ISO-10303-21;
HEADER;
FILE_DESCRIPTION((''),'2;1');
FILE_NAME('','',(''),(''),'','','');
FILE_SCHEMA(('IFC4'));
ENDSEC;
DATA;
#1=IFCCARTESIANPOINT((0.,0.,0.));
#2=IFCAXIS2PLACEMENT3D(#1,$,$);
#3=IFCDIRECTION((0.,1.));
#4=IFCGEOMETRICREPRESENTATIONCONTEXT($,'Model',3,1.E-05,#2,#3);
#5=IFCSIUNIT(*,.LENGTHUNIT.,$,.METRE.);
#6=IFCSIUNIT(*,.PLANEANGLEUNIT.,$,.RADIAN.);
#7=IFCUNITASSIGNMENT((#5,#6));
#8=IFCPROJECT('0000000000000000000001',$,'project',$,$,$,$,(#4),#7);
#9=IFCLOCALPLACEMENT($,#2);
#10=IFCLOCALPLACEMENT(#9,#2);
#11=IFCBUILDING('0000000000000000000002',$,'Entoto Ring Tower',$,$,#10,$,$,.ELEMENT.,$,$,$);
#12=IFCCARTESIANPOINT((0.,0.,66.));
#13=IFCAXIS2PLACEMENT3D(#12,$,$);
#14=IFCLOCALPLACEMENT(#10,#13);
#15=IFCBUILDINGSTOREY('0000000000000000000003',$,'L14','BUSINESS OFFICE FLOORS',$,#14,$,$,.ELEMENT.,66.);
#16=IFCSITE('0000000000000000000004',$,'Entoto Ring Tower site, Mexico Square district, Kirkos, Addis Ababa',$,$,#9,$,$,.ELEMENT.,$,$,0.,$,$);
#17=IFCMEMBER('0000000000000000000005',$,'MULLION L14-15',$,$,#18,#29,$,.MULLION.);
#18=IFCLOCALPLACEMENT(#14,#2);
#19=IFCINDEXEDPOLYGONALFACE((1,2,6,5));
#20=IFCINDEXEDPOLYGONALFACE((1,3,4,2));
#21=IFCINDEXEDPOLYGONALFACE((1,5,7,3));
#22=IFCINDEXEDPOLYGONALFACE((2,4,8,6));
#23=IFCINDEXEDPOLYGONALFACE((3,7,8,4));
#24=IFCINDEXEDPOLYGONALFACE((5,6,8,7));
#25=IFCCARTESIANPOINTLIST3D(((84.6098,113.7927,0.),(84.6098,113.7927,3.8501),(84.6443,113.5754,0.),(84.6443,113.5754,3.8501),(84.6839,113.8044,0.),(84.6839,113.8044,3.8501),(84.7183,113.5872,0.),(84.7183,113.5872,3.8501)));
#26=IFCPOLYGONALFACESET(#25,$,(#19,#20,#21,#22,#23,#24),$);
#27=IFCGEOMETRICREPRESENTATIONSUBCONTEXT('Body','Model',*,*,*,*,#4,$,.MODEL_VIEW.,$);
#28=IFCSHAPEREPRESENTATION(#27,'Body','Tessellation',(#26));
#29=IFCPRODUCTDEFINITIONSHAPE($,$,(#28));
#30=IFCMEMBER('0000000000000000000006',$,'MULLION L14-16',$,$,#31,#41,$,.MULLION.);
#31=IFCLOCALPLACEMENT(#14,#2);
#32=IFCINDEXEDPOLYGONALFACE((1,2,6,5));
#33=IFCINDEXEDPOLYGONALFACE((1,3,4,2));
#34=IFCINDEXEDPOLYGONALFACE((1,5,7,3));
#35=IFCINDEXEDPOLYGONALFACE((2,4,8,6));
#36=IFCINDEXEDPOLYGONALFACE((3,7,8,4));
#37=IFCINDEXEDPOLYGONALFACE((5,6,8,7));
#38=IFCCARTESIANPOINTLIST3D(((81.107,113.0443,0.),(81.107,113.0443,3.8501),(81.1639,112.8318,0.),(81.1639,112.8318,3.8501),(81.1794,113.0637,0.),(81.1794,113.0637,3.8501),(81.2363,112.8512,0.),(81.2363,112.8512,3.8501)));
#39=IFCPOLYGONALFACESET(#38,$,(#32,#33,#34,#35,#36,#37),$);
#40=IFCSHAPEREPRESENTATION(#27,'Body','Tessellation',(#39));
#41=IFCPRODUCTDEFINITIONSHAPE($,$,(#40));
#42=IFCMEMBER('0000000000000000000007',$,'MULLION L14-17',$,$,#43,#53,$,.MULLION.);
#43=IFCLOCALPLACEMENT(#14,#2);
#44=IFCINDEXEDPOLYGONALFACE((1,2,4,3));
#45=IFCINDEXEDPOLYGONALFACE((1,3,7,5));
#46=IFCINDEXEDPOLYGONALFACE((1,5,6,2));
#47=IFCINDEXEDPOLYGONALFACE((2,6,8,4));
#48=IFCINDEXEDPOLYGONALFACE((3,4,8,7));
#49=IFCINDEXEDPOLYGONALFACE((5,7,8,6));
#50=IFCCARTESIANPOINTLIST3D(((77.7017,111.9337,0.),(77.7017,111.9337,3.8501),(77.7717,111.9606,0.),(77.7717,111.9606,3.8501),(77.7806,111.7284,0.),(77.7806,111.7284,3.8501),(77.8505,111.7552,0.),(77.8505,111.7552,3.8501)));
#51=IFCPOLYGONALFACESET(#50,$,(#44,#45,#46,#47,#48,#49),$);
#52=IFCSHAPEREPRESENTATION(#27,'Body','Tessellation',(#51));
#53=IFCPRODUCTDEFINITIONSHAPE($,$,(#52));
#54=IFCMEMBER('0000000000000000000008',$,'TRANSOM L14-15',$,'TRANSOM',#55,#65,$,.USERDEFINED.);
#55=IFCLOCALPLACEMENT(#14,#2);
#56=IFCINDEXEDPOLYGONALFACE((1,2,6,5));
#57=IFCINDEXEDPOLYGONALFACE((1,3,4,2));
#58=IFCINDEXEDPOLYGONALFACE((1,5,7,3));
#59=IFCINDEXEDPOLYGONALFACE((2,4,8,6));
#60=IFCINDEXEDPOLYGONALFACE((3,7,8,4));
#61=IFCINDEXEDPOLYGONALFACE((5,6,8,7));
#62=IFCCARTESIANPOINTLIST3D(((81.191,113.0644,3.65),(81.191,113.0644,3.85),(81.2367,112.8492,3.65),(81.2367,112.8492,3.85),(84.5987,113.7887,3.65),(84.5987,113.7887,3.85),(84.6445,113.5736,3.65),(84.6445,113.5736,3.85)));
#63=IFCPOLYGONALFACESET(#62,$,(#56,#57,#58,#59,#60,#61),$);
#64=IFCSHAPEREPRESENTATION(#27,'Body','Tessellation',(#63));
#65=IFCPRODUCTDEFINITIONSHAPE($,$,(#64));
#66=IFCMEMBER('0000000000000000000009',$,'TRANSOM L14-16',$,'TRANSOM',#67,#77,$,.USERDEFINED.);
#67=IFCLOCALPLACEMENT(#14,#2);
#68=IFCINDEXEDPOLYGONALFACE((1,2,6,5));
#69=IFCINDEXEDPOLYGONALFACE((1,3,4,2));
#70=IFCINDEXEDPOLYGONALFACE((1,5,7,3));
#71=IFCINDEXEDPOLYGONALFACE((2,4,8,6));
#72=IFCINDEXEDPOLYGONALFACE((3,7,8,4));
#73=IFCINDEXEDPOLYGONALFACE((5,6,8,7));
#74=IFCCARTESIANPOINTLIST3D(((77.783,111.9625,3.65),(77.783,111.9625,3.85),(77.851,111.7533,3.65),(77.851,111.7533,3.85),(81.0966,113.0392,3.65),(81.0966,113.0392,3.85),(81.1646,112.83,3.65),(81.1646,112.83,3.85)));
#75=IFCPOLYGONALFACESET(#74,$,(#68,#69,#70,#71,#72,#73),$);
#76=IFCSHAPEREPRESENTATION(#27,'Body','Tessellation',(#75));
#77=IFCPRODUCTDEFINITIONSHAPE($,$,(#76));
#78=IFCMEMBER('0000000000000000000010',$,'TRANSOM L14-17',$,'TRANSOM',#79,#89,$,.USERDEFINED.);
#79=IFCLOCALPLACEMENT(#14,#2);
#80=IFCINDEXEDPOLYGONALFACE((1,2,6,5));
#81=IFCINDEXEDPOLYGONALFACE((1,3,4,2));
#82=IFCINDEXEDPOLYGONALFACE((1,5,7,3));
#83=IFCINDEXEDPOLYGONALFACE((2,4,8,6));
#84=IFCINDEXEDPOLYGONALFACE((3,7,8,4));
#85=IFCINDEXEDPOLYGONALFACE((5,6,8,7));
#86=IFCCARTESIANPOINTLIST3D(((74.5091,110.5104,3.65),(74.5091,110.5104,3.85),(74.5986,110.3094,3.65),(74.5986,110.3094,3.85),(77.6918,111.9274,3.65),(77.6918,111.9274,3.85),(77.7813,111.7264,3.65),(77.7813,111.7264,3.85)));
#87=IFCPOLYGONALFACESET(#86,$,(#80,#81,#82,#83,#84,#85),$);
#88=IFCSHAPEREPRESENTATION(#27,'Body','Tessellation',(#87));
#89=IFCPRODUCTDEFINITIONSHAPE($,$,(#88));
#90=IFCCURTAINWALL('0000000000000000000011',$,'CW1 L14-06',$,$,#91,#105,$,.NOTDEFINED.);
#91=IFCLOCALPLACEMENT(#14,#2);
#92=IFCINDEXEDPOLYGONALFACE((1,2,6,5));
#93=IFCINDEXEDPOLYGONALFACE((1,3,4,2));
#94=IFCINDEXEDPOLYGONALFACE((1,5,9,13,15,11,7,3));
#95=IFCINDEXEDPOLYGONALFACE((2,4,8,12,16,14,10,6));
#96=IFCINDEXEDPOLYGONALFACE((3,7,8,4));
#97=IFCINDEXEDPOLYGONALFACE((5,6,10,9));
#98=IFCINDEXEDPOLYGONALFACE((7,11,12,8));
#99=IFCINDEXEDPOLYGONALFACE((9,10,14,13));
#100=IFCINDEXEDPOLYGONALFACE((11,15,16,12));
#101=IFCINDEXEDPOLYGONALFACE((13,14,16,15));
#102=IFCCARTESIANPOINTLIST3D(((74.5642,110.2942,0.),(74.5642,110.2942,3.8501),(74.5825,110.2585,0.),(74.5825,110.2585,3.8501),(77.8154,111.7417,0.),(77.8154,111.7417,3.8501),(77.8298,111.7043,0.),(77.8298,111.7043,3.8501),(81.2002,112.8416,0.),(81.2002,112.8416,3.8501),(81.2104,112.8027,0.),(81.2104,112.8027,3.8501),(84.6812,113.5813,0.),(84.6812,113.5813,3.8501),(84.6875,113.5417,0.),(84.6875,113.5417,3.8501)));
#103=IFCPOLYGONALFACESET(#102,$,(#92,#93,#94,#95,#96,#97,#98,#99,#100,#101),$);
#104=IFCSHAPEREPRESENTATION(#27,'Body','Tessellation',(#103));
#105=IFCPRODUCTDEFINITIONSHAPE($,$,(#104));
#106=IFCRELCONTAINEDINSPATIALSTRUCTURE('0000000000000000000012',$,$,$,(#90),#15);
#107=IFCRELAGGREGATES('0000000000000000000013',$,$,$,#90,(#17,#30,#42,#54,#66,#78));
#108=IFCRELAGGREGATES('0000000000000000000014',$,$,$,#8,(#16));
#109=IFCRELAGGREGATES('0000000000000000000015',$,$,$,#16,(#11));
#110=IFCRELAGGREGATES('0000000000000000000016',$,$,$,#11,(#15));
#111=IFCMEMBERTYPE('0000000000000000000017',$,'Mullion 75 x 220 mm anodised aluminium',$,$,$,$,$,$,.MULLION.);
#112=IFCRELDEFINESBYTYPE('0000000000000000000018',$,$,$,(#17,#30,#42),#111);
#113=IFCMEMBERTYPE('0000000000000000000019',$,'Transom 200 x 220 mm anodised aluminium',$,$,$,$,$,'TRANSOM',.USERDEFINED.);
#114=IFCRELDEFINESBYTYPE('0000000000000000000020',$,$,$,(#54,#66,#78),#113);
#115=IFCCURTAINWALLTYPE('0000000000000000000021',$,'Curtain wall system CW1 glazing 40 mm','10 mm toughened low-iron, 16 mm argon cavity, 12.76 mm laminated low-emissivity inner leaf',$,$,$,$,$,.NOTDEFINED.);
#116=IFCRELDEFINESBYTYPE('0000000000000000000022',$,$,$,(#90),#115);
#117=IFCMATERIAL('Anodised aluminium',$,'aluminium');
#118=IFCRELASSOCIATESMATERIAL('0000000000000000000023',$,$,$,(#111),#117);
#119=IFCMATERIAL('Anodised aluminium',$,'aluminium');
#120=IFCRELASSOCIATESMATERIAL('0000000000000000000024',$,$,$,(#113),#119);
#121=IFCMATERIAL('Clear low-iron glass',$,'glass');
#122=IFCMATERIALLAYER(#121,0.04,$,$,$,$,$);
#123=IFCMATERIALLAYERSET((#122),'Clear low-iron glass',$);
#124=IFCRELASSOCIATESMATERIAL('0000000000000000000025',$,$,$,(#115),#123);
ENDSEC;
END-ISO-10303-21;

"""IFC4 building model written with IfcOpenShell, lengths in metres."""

from ifc_helpers import new_model, si_unit, direction, frame, origin, origin_2d, place, context, subcontext, project, spatial, polyline, rectangle, outline, extrude, material, layer, layer_set, material_profile, profile_set, type_object, element, aggregate, save


model = new_model("IFC4")

# Units and contexts
model_context = context("Model", 3, precision=1e-05, world=origin(), true_north=direction((0.0, 1.0)))
body_context = subcontext(model_context, "Body", "Model", "MODEL_VIEW")
ifc_project = project(units=[si_unit("LENGTHUNIT", "METRE"), si_unit("PLANEANGLEUNIT", "RADIAN")], contexts=[model_context])

# Members
ifc_material_1 = material(Name="Anodised aluminium", Category="aluminium")
ifc_material_profile_1 = material_profile(ifc_material_1, rectangle(XDim=0.075, YDim=0.22, at=origin_2d()), Name="Mullion 75 x 220 mm anodised aluminium")
ifc_profile_set_1 = profile_set([ifc_material_profile_1], Name="Anodised aluminium")
member_type_1 = type_object("IfcMemberType", Name="Mullion 75 x 220 mm anodised aluminium", PredefinedType="MULLION", material=ifc_profile_set_1)
site_placement = place(None, origin())
building_placement = place(site_placement, origin())
storey_placement = place(building_placement, frame((0.0, 0.0, 66.0)))
member_1_placement = place(storey_placement, frame((84.6641, 113.6899, 0.0), z_axis=(0.0, 0.0, 1.0), x_axis=(-0.987688, -0.156434, 0.0)))
member_1 = element("IfcMember", 1, at=member_1_placement, type_object=member_type_1, Name="MULLION L14-15", PredefinedType="MULLION", context=body_context, shape_type="SweptSolid", body=[
    extrude(rectangle(XDim=0.075, YDim=0.22, at=origin_2d()), origin(), (0.0, 0.0, 1.0), 3.8501),
])
member_2_placement = place(storey_placement, frame((81.1716, 112.9478, 0.0), z_axis=(0.0, 0.0, 1.0), x_axis=(-0.965926, -0.258819, 0.0)))
member_2 = element("IfcMember", 2, at=member_2_placement, type_object=member_type_1, Name="MULLION L14-16", PredefinedType="MULLION", context=body_context, shape_type="SweptSolid", body=[
    extrude(rectangle(XDim=0.075, YDim=0.22, at=origin_2d()), origin(), (0.0, 0.0, 1.0), 3.8501),
])
member_3_placement = place(storey_placement, frame((77.7761, 111.8445, 0.0), z_axis=(0.0, 0.0, 1.0), x_axis=(-0.93358, -0.358368, 0.0)))
member_3 = element("IfcMember", 3, at=member_3_placement, type_object=member_type_1, Name="MULLION L14-17", PredefinedType="MULLION", context=body_context, shape_type="SweptSolid", body=[
    extrude(rectangle(XDim=0.075, YDim=0.22, at=origin_2d()), origin(), (0.0, 0.0, 1.0), 3.8501),
])
ifc_material_2 = material(Name="Anodised aluminium", Category="aluminium")
ifc_material_profile_2 = material_profile(ifc_material_2, rectangle(XDim=0.22, YDim=0.2, at=origin_2d()), Name="Transom 200 x 220 mm anodised aluminium")
ifc_profile_set_2 = profile_set([ifc_material_profile_2], Name="Anodised aluminium")
member_type_2 = type_object("IfcMemberType", Name="Transom 200 x 220 mm anodised aluminium", ElementType="TRANSOM", PredefinedType="USERDEFINED", material=ifc_profile_set_2)
member_4_placement = place(storey_placement, frame((84.6216, 113.6812, 3.75), z_axis=(-0.978146, -0.207921, 0.0), x_axis=(0.207921, -0.978146, 0.0)))
member_4 = element("IfcMember", 4, at=member_4_placement, type_object=member_type_2, Name="TRANSOM L14-15", ObjectType="TRANSOM", PredefinedType="USERDEFINED", context=body_context, shape_type="SweptSolid", body=[
    extrude(rectangle(XDim=0.22, YDim=0.2, at=origin_2d()), origin(), (0.0, 0.0, 1.0), 3.4839),
])
member_5_placement = place(storey_placement, frame((81.1306, 112.9346, 3.75), z_axis=(-0.951053, -0.309029, 0.0), x_axis=(0.309029, -0.951053, 0.0)))
member_5 = element("IfcMember", 5, at=member_5_placement, type_object=member_type_2, Name="TRANSOM L14-16", ObjectType="TRANSOM", PredefinedType="USERDEFINED", context=body_context, shape_type="SweptSolid", body=[
    extrude(rectangle(XDim=0.22, YDim=0.2, at=origin_2d()), origin(), (0.0, 0.0, 1.0), 3.4841),
])
member_6_placement = place(storey_placement, frame((77.7366, 111.8269, 3.75), z_axis=(-0.913545, -0.406737, 0.0), x_axis=(0.406737, -0.913545, 0.0)))
member_6 = element("IfcMember", 6, at=member_6_placement, type_object=member_type_2, Name="TRANSOM L14-17", ObjectType="TRANSOM", PredefinedType="USERDEFINED", context=body_context, shape_type="SweptSolid", body=[
    extrude(rectangle(XDim=0.22, YDim=0.2, at=origin_2d()), origin(), (0.0, 0.0, 1.0), 3.4839),
])

# Site, building, storey
site = spatial("IfcSite", under=ifc_project, at=site_placement, Name="Entoto Ring Tower site, Mexico Square district, Kirkos, Addis Ababa", CompositionType="ELEMENT", RefElevation=0.0)
building = spatial("IfcBuilding", under=site, at=building_placement, Name="Entoto Ring Tower", CompositionType="ELEMENT")
storey = spatial("IfcBuildingStorey", under=building, at=storey_placement, Name="L14", Description="BUSINESS OFFICE FLOORS", CompositionType="ELEMENT", Elevation=66.0)

# Curtain wall
ifc_material_3 = material(Name="Clear low-iron glass", Category="glass")
ifc_layer = layer(ifc_material_3, 0.04)
ifc_layer_set = layer_set([ifc_layer], Name="Clear low-iron glass")
curtain_wall_type = type_object("IfcCurtainWallType", Name="Curtain wall system CW1 glazing 40 mm", Description="10 mm toughened low-iron, 16 mm argon cavity, 12.76 mm laminated low-emissivity inner leaf", PredefinedType="NOTDEFINED", material=ifc_layer_set)
curtain_wall_1_placement = place(storey_placement, origin())
curtain_wall_1 = element("IfcCurtainWall", 7, at=curtain_wall_1_placement, inside=storey, type_object=curtain_wall_type, Name="CW1 L14-06", PredefinedType="NOTDEFINED", context=body_context, shape_type="SweptSolid", body=[
    extrude(outline(polyline([(84.6812, 113.5813), (81.2002, 112.8416), (77.8154, 111.7417), (74.5642, 110.2942), (74.5825, 110.2585), (77.8298, 111.7043), (81.2104, 112.8027), (84.6875, 113.5417), (84.6812, 113.5813)])), origin(), (0.0, 0.0, 1.0), 3.8501),
])
aggregate(curtain_wall_1, [member_1, member_2, member_3, member_4, member_5, member_6])

save(model, "model.ifc")
